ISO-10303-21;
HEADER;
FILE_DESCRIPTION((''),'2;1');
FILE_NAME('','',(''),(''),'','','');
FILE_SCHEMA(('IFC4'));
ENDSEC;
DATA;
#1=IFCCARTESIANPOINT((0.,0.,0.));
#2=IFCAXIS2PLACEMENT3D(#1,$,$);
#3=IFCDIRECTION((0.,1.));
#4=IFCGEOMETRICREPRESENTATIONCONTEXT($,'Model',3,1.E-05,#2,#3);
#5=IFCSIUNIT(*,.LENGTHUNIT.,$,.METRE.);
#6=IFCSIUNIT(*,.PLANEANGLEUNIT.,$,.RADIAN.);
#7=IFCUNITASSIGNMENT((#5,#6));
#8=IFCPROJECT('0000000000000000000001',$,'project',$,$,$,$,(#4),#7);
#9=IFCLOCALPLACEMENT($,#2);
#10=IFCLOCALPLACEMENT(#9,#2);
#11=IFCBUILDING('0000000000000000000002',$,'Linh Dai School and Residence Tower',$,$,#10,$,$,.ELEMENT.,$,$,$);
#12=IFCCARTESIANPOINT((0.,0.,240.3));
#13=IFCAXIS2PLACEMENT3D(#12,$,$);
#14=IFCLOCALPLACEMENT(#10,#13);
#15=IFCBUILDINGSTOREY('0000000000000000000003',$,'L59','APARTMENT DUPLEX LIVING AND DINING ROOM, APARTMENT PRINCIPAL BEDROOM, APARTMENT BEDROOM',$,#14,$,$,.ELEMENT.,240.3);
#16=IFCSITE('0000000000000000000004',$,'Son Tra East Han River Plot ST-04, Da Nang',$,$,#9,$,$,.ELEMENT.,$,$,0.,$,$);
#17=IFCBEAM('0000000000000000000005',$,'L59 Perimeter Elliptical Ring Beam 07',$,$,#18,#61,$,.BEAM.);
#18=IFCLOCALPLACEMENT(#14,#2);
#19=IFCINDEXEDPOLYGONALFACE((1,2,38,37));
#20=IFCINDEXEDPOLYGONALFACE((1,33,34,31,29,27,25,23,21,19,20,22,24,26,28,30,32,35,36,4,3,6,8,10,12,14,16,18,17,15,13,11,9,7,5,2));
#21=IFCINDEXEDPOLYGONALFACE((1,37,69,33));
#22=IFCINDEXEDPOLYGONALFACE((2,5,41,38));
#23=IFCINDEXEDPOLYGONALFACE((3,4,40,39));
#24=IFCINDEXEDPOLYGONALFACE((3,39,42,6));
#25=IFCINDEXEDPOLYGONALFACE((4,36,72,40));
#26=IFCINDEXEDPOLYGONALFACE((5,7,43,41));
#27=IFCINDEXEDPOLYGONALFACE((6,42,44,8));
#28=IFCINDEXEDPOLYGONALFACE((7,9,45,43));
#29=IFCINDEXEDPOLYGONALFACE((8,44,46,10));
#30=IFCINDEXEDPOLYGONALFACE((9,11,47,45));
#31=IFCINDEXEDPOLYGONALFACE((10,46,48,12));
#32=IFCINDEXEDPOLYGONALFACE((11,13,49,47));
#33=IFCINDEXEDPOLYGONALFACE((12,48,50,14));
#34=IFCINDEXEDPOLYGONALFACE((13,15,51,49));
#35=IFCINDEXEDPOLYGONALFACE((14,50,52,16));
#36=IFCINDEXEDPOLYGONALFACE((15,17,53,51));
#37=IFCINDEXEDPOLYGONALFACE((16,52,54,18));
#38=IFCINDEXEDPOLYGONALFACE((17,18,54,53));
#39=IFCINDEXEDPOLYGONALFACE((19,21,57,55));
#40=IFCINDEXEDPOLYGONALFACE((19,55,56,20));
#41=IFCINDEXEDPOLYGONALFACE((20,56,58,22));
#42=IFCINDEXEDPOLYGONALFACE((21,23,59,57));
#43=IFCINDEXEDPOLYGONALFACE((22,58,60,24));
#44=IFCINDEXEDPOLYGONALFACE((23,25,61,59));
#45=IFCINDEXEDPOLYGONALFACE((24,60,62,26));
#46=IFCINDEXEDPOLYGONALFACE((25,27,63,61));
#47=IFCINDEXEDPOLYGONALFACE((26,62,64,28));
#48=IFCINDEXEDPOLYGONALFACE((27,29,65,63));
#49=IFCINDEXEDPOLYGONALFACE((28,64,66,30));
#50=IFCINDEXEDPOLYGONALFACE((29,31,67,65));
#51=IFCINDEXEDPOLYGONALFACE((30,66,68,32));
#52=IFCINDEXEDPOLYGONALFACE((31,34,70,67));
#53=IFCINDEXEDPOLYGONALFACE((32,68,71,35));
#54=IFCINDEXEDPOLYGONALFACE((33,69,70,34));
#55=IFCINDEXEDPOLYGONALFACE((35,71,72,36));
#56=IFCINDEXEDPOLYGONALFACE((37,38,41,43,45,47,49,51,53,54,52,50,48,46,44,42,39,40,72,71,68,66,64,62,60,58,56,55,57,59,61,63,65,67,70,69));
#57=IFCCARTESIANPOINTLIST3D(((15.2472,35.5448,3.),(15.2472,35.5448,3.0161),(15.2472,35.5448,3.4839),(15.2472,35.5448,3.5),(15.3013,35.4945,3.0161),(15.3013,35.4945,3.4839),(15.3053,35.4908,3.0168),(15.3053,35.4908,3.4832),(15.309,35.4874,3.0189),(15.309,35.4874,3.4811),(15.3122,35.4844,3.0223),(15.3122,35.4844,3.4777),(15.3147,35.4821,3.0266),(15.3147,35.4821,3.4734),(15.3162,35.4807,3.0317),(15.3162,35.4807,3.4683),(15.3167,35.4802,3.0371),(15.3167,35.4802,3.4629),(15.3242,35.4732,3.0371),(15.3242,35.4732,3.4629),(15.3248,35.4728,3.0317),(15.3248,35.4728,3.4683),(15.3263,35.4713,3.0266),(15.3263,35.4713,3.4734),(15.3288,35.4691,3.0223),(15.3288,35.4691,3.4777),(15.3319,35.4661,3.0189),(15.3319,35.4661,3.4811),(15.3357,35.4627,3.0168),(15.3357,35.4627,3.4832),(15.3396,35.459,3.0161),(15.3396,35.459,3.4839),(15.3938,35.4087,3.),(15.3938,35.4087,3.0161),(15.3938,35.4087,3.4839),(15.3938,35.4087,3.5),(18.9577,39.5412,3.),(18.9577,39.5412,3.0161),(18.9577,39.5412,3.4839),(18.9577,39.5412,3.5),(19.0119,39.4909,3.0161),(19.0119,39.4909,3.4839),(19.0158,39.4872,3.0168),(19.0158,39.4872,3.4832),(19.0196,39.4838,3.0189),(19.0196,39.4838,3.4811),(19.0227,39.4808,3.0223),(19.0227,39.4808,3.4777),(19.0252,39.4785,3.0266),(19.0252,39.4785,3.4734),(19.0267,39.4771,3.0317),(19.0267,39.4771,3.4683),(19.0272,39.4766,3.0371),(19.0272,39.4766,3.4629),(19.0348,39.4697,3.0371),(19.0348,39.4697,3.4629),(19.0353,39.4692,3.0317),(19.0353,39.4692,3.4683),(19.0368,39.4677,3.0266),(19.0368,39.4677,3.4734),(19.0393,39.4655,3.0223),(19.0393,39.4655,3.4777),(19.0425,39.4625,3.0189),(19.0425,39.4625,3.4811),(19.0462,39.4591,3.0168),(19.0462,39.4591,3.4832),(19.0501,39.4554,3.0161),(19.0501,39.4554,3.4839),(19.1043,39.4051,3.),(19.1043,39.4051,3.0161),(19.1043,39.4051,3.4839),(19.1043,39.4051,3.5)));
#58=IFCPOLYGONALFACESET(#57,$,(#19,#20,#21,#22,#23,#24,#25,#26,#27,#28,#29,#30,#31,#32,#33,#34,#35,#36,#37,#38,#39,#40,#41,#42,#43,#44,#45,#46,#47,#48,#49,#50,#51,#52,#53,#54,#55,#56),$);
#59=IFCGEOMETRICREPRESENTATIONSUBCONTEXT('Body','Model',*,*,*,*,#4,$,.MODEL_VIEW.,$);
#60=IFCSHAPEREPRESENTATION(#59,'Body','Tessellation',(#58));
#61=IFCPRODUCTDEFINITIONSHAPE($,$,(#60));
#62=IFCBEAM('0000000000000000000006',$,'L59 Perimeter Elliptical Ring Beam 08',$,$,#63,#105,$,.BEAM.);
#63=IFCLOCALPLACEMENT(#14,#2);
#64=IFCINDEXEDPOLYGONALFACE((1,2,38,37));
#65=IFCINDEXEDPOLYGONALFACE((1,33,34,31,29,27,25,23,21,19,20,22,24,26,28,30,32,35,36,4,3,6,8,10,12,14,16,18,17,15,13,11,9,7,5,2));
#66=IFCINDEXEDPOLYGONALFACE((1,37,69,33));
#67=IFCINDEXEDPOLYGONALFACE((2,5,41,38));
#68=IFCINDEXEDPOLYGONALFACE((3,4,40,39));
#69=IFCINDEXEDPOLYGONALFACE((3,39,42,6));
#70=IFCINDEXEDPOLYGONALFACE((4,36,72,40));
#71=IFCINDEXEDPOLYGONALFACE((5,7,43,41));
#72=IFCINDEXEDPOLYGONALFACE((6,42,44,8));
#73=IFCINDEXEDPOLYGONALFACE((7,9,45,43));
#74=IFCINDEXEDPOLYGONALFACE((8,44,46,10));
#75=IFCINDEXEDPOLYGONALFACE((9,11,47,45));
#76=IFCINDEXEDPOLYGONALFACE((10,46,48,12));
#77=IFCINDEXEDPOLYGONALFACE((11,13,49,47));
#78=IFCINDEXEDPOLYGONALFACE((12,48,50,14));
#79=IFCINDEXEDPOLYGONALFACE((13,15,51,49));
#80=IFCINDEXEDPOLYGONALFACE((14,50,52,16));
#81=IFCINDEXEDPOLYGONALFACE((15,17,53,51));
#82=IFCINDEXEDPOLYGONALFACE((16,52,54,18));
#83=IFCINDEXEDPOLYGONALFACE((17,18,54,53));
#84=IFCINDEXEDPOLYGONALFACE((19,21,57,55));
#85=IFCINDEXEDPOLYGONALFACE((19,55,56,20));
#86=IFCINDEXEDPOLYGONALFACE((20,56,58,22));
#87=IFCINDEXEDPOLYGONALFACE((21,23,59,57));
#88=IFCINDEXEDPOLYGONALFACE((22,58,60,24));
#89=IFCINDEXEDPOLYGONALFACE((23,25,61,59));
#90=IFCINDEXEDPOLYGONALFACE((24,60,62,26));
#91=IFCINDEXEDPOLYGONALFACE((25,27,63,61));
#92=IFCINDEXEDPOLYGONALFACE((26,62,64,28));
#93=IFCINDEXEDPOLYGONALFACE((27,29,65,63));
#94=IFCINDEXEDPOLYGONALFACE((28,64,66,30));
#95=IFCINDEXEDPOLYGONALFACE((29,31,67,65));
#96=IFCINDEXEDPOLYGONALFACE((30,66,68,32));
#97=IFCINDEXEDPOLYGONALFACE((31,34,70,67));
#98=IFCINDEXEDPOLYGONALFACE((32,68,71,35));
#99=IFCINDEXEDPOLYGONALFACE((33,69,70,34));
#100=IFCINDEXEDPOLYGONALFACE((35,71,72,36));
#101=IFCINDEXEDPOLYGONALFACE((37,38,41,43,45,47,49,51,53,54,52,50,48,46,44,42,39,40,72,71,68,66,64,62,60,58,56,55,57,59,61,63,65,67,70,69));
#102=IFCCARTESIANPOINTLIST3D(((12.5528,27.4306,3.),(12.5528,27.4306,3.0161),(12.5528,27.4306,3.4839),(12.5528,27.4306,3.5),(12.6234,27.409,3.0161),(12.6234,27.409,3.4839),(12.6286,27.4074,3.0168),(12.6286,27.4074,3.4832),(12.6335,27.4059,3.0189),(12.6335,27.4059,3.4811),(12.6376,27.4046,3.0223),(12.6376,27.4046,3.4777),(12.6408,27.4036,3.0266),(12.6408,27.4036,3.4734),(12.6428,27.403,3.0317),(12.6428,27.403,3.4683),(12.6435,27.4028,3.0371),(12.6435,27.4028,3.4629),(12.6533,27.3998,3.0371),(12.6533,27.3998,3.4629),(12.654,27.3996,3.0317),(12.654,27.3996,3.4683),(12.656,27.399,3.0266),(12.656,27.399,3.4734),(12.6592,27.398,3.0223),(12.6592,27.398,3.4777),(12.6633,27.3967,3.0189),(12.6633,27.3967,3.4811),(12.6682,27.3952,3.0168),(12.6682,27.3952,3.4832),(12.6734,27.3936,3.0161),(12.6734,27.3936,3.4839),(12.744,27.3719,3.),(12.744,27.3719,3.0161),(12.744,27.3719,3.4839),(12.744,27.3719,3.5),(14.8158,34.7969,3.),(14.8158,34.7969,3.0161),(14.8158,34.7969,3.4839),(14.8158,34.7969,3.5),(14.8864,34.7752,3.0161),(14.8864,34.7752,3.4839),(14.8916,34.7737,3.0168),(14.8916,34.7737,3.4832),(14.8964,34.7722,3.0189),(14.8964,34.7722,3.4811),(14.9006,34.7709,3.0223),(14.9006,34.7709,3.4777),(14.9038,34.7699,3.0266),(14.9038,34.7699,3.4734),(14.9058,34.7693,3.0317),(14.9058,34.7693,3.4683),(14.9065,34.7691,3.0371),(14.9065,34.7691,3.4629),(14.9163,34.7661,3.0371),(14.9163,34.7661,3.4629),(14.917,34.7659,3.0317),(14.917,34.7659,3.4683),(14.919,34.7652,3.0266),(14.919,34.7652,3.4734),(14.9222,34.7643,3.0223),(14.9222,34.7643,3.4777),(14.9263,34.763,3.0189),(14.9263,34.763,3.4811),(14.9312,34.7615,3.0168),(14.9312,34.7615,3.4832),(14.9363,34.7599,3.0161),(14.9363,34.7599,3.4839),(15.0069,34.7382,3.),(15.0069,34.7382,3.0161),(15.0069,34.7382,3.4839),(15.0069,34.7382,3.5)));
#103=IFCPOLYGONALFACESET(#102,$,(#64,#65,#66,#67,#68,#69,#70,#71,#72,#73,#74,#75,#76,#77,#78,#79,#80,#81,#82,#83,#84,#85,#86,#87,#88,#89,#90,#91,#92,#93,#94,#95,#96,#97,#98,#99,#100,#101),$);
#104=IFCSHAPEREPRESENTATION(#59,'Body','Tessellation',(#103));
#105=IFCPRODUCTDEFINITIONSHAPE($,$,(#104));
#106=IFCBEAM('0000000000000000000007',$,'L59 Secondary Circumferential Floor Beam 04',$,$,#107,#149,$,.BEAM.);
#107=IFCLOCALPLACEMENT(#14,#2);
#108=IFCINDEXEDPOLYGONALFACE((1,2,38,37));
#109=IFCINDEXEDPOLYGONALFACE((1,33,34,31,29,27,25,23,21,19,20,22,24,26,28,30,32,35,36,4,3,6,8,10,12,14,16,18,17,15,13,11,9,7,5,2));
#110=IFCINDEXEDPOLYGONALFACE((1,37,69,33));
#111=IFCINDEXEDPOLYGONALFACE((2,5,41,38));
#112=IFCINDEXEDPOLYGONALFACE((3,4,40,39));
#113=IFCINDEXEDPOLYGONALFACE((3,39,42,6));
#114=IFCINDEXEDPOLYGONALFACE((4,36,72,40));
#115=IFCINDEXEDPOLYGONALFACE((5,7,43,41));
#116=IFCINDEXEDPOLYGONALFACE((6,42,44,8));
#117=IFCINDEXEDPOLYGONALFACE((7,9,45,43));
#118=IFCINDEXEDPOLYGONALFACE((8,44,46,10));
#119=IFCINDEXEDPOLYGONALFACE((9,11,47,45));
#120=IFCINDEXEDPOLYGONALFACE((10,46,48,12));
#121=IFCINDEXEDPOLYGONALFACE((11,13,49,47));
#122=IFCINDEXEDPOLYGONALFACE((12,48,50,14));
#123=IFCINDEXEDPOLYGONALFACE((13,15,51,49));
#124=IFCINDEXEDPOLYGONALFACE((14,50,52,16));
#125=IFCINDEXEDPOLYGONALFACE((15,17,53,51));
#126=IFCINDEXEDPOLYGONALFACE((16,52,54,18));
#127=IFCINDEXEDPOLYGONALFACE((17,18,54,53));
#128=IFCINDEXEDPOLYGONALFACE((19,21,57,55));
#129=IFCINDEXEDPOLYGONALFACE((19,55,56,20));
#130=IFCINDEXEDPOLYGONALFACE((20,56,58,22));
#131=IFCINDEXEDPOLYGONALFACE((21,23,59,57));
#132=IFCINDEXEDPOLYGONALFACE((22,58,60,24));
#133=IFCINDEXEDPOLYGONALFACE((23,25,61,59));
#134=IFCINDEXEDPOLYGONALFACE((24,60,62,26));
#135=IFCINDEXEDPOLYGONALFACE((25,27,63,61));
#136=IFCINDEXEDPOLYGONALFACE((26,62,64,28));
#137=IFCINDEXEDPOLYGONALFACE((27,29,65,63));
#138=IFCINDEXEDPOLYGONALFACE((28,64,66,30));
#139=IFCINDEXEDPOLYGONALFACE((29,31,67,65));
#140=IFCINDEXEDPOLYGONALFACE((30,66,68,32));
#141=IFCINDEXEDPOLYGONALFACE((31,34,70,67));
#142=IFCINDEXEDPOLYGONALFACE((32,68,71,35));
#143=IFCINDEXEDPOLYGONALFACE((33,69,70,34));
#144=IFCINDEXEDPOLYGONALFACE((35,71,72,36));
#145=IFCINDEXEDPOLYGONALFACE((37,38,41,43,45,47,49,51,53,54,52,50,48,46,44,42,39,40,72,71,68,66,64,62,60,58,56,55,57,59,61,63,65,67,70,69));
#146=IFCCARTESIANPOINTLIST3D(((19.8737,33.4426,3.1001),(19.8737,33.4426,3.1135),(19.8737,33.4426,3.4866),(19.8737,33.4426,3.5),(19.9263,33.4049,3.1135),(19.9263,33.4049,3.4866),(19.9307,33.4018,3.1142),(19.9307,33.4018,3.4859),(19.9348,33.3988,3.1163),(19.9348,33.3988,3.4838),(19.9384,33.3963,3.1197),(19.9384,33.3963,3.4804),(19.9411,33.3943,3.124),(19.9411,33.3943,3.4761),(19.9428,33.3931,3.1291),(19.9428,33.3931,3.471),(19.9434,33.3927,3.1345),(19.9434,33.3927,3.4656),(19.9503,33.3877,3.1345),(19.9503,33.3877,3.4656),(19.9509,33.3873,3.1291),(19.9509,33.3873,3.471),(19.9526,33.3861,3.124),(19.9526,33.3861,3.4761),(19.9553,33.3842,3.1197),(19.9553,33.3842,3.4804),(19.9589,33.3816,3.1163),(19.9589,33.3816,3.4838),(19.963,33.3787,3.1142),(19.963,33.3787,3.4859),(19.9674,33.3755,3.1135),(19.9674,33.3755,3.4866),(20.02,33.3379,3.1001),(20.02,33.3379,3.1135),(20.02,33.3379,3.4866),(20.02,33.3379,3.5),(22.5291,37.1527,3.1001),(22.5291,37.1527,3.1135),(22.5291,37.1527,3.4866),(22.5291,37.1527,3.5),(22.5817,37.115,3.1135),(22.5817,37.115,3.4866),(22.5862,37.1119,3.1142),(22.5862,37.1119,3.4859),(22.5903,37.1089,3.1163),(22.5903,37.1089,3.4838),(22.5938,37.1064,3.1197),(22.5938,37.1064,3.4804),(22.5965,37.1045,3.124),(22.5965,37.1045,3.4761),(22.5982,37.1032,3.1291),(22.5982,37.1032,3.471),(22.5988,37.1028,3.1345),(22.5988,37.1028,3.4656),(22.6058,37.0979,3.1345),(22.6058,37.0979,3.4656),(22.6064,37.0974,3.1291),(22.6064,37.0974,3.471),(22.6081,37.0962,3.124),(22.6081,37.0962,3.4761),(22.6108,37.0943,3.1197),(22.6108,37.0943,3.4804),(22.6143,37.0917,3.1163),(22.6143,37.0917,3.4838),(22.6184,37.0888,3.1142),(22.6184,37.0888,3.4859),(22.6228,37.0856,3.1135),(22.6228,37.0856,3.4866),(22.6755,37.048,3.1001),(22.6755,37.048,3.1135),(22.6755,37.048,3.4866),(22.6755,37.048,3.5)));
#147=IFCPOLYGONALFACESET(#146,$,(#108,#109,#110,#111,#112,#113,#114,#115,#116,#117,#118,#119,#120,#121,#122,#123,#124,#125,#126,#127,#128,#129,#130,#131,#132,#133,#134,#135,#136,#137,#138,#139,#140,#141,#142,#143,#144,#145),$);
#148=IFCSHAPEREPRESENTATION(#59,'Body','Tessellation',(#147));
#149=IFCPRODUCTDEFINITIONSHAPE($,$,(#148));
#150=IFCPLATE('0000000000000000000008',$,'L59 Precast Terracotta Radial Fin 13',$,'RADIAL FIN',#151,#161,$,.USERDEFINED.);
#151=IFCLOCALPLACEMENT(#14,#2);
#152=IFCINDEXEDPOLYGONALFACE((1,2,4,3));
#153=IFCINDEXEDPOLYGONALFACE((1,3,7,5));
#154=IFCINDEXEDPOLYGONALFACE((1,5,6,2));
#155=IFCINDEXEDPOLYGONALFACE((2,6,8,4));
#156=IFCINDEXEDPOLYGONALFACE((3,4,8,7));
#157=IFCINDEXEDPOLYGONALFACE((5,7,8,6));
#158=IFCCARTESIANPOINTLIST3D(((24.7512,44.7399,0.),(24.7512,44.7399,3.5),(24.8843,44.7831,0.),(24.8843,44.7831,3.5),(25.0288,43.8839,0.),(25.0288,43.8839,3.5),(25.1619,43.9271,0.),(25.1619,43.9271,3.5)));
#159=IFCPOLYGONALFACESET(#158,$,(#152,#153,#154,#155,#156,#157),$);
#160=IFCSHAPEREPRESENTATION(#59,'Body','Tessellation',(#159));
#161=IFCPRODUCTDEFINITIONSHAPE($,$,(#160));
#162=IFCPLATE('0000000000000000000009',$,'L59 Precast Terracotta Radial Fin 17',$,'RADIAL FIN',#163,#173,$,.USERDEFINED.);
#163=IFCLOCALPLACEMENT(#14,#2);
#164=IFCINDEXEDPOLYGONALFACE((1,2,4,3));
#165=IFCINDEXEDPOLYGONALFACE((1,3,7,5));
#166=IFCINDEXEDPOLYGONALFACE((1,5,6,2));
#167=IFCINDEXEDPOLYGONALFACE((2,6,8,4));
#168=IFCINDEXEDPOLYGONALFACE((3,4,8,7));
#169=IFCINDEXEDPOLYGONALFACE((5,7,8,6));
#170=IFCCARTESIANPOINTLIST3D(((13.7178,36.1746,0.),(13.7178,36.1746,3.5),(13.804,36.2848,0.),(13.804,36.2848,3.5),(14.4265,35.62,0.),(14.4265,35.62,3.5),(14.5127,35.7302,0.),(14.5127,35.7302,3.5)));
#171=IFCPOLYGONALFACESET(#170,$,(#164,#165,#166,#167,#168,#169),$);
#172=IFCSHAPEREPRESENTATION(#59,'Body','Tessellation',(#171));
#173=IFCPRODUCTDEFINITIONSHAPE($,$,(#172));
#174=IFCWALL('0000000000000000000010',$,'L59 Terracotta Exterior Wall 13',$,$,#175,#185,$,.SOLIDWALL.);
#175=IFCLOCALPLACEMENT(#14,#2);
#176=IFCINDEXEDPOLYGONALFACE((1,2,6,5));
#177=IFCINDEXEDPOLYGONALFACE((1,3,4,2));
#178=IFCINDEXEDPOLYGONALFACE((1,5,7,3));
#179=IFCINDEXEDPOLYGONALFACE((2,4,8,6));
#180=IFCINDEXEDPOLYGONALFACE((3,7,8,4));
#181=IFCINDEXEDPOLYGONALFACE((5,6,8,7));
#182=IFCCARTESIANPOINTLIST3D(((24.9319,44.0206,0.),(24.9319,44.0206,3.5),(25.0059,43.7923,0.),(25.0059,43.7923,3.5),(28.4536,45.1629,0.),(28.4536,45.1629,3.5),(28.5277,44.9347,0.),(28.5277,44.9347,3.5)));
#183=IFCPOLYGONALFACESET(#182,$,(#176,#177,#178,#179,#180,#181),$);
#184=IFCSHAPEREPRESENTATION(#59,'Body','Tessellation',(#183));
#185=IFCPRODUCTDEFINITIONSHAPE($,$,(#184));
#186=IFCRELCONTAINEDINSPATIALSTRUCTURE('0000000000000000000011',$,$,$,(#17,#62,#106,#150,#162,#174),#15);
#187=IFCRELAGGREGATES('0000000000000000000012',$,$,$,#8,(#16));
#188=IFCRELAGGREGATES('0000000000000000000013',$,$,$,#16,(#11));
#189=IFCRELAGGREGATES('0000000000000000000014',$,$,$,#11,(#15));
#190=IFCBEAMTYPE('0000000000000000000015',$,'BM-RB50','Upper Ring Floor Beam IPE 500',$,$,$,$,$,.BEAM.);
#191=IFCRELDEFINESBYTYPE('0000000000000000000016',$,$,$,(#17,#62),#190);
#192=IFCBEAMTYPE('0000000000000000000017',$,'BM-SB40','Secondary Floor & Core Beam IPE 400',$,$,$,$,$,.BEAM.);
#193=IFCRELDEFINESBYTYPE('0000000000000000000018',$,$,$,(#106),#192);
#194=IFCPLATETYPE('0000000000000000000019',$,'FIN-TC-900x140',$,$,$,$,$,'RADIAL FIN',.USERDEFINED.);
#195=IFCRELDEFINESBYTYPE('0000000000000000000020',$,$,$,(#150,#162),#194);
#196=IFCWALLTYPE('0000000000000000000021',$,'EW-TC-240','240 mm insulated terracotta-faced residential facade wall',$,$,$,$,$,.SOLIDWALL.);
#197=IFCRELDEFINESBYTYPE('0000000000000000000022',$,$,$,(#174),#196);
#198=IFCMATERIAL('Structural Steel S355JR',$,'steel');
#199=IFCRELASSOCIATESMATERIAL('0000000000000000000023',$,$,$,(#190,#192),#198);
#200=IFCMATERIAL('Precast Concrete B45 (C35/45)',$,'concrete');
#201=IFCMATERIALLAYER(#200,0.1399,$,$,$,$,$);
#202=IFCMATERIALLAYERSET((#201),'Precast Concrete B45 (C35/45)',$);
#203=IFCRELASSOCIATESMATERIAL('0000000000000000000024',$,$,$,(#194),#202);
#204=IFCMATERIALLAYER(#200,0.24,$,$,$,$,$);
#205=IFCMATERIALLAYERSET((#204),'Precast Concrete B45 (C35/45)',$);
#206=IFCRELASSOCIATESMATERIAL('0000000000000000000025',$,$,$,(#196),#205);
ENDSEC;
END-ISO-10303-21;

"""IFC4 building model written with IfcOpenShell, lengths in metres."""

from ifc_helpers import new_model, si_unit, direction, frame, frame_2d, origin, origin_2d, place, context, subcontext, project, spatial, rectangle, i_section, extrude, source, transform, mapped, material, layer, layer_set, material_profile, profile_set, type_object, element, save


model = new_model("IFC4")

# Units and contexts
model_context = context("Model", 3, precision=1e-05, world=origin(), true_north=direction((0.0, 1.0)))
body_context = subcontext(model_context, "Body", "Model", "MODEL_VIEW")
ifc_project = project(units=[si_unit("LENGTHUNIT", "METRE"), si_unit("PLANEANGLEUNIT", "RADIAN")], contexts=[model_context])

# Site, building, storey
site_placement = place(None, origin())
site = spatial("IfcSite", under=ifc_project, at=site_placement, Name="Son Tra East Han River Plot ST-04, Da Nang", CompositionType="ELEMENT", RefElevation=0.0)
building_placement = place(site_placement, origin())
building = spatial("IfcBuilding", under=site, at=building_placement, Name="Linh Dai School and Residence Tower", CompositionType="ELEMENT")
storey_placement = place(building_placement, frame((0.0, 0.0, 240.3)))
storey = spatial("IfcBuildingStorey", under=building, at=storey_placement, Name="L59", Description="APARTMENT DUPLEX LIVING AND DINING ROOM, APARTMENT PRINCIPAL BEDROOM, APARTMENT BEDROOM", CompositionType="ELEMENT", Elevation=240.3)

# Shared definitions
ifc_material_1 = material(Name="Structural Steel S355JR", Category="steel")

# Beams
ifc_material_profile_1 = material_profile(ifc_material_1, i_section(OverallWidth=0.2, OverallDepth=0.5, WebThickness=0.0103, FlangeThickness=0.0161, FilletRadius=0.021, at=origin_2d()), Name="IPE 500")
ifc_profile_set_1 = profile_set([ifc_material_profile_1], Name="Structural Steel S355JR")
beam_type_1 = type_object("IfcBeamType", Name="BM-RB50", Description="Upper Ring Floor Beam IPE 500", PredefinedType="BEAM", material=ifc_profile_set_1)
beam_1_placement = place(storey_placement, frame((19.031, 39.4731, 3.25), z_axis=(-0.680408, -0.732833, 0.0), x_axis=(0.732833, -0.680408, 0.0)))
element("IfcBeam", 1, at=beam_1_placement, inside=storey, type_object=beam_type_1, Name="L59 Perimeter Elliptical Ring Beam 07", PredefinedType="BEAM", context=body_context, shape_type="SweptSolid", body=[
    extrude(i_section(OverallWidth=0.2, OverallDepth=0.5, WebThickness=0.0103, FlangeThickness=0.0161, FilletRadius=0.021, at=origin_2d()), origin(), (0.0, 0.0, 1.0), 5.4534),
])
beam_2_placement = place(storey_placement, frame((14.9114, 34.7676, 3.25), z_axis=(-0.293661, -0.95591, 0.0), x_axis=(0.95591, -0.293661, 0.0)))
element("IfcBeam", 2, at=beam_2_placement, inside=storey, type_object=beam_type_1, Name="L59 Perimeter Elliptical Ring Beam 08", PredefinedType="BEAM", context=body_context, shape_type="SweptSolid", body=[
    extrude(i_section(OverallWidth=0.2, OverallDepth=0.5, WebThickness=0.0103, FlangeThickness=0.0161, FilletRadius=0.021, at=origin_2d()), origin(), (0.0, 0.0, 1.0), 7.7061),
])
ifc_material_profile_2 = material_profile(ifc_material_1, i_section(OverallWidth=0.1799, OverallDepth=0.3999, WebThickness=0.0085, FlangeThickness=0.0134, FilletRadius=0.021, at=origin_2d()), Name="IPE 400")
ifc_profile_set_2 = profile_set([ifc_material_profile_2], Name="Structural Steel S355JR")
beam_type_2 = type_object("IfcBeamType", Name="BM-SB40", Description="Secondary Floor & Core Beam IPE 400", PredefinedType="BEAM", material=ifc_profile_set_2)
beam_3_placement = place(storey_placement, frame((22.6023, 37.1003, 3.3), z_axis=(-0.582017, -0.813176, 0.0), x_axis=(0.813176, -0.582017, 0.0)))
element("IfcBeam", 3, at=beam_3_placement, inside=storey, type_object=beam_type_2, Name="L59 Secondary Circumferential Floor Beam 04", PredefinedType="BEAM", context=body_context, shape_type="SweptSolid", body=[
    extrude(i_section(OverallWidth=0.1799, OverallDepth=0.3999, WebThickness=0.0085, FlangeThickness=0.0134, FilletRadius=0.021, at=origin_2d()), origin(), (0.0, 0.0, 1.0), 4.5625),
])

# Plates
ifc_material_2 = material(Name="Precast Concrete B45 (C35/45)", Category="concrete")
ifc_layer_1 = layer(ifc_material_2, 0.1399)
ifc_layer_set_1 = layer_set([ifc_layer_1], Name="Precast Concrete B45 (C35/45)")
plate_type = type_object("IfcPlateType", Name="FIN-TC-900x140", ElementType="RADIAL FIN", PredefinedType="USERDEFINED", material=ifc_layer_set_1)
shared_shape_1 = source(origin(), body_context, "Body", "SweptSolid", [
    extrude(rectangle(XDim=0.8999, YDim=0.1399, at=origin_2d()), origin(), (0.0, 0.0, 1.0), 3.5),
])
for number, where, z_axis, x_axis, name in (
    (4, (24.9565, 44.3335, 0.0), (0.0, 0.0, 1.0), (-0.308501, 0.951224, 0.0), "L59 Precast Terracotta Radial Fin 13"),
    (5, (14.1152, 35.9524, 0.0), (0.0, 0.0, 1.0), (-0.787487, 0.616332, 0.0), "L59 Precast Terracotta Radial Fin 17"),
):
    element("IfcPlate", number, at=place(storey_placement, frame(where, z_axis=z_axis, x_axis=x_axis)), inside=storey, type_object=plate_type, Name=name, ObjectType="RADIAL FIN", PredefinedType="USERDEFINED", context=body_context, shape_type="MappedRepresentation", body=[
        mapped(shared_shape_1, transform((0.0, 0.0, 0.0), x_axis=(1.0, 0.0, 0.0), y_axis=(0.0, 1.0, 0.0), z_axis=(0.0, 0.0, 1.0), scale=1.0)),
    ])

# Wall
ifc_layer_2 = layer(ifc_material_2, 0.24)
ifc_layer_set_2 = layer_set([ifc_layer_2], Name="Precast Concrete B45 (C35/45)")
wall_type_1 = type_object("IfcWallType", Name="EW-TC-240", Description="240 mm insulated terracotta-faced residential facade wall", PredefinedType="SOLIDWALL", material=ifc_layer_set_2)
wall_1_placement = place(storey_placement, frame((24.969, 43.9065, 0.0), z_axis=(0.0, 0.0, 1.0), x_axis=(0.951211, 0.308542, 0.0)))
element("IfcWall", 6, at=wall_1_placement, inside=storey, type_object=wall_type_1, Name="L59 Terracotta Exterior Wall 13", PredefinedType="SOLIDWALL", context=body_context, shape_type="SweptSolid", body=[
    extrude(rectangle(XDim=3.7024, YDim=0.24, at=frame_2d((1.8511, 0.0))), origin(), (0.0, 0.0, 1.0), 3.5),
])

save(model, "model.ifc")
